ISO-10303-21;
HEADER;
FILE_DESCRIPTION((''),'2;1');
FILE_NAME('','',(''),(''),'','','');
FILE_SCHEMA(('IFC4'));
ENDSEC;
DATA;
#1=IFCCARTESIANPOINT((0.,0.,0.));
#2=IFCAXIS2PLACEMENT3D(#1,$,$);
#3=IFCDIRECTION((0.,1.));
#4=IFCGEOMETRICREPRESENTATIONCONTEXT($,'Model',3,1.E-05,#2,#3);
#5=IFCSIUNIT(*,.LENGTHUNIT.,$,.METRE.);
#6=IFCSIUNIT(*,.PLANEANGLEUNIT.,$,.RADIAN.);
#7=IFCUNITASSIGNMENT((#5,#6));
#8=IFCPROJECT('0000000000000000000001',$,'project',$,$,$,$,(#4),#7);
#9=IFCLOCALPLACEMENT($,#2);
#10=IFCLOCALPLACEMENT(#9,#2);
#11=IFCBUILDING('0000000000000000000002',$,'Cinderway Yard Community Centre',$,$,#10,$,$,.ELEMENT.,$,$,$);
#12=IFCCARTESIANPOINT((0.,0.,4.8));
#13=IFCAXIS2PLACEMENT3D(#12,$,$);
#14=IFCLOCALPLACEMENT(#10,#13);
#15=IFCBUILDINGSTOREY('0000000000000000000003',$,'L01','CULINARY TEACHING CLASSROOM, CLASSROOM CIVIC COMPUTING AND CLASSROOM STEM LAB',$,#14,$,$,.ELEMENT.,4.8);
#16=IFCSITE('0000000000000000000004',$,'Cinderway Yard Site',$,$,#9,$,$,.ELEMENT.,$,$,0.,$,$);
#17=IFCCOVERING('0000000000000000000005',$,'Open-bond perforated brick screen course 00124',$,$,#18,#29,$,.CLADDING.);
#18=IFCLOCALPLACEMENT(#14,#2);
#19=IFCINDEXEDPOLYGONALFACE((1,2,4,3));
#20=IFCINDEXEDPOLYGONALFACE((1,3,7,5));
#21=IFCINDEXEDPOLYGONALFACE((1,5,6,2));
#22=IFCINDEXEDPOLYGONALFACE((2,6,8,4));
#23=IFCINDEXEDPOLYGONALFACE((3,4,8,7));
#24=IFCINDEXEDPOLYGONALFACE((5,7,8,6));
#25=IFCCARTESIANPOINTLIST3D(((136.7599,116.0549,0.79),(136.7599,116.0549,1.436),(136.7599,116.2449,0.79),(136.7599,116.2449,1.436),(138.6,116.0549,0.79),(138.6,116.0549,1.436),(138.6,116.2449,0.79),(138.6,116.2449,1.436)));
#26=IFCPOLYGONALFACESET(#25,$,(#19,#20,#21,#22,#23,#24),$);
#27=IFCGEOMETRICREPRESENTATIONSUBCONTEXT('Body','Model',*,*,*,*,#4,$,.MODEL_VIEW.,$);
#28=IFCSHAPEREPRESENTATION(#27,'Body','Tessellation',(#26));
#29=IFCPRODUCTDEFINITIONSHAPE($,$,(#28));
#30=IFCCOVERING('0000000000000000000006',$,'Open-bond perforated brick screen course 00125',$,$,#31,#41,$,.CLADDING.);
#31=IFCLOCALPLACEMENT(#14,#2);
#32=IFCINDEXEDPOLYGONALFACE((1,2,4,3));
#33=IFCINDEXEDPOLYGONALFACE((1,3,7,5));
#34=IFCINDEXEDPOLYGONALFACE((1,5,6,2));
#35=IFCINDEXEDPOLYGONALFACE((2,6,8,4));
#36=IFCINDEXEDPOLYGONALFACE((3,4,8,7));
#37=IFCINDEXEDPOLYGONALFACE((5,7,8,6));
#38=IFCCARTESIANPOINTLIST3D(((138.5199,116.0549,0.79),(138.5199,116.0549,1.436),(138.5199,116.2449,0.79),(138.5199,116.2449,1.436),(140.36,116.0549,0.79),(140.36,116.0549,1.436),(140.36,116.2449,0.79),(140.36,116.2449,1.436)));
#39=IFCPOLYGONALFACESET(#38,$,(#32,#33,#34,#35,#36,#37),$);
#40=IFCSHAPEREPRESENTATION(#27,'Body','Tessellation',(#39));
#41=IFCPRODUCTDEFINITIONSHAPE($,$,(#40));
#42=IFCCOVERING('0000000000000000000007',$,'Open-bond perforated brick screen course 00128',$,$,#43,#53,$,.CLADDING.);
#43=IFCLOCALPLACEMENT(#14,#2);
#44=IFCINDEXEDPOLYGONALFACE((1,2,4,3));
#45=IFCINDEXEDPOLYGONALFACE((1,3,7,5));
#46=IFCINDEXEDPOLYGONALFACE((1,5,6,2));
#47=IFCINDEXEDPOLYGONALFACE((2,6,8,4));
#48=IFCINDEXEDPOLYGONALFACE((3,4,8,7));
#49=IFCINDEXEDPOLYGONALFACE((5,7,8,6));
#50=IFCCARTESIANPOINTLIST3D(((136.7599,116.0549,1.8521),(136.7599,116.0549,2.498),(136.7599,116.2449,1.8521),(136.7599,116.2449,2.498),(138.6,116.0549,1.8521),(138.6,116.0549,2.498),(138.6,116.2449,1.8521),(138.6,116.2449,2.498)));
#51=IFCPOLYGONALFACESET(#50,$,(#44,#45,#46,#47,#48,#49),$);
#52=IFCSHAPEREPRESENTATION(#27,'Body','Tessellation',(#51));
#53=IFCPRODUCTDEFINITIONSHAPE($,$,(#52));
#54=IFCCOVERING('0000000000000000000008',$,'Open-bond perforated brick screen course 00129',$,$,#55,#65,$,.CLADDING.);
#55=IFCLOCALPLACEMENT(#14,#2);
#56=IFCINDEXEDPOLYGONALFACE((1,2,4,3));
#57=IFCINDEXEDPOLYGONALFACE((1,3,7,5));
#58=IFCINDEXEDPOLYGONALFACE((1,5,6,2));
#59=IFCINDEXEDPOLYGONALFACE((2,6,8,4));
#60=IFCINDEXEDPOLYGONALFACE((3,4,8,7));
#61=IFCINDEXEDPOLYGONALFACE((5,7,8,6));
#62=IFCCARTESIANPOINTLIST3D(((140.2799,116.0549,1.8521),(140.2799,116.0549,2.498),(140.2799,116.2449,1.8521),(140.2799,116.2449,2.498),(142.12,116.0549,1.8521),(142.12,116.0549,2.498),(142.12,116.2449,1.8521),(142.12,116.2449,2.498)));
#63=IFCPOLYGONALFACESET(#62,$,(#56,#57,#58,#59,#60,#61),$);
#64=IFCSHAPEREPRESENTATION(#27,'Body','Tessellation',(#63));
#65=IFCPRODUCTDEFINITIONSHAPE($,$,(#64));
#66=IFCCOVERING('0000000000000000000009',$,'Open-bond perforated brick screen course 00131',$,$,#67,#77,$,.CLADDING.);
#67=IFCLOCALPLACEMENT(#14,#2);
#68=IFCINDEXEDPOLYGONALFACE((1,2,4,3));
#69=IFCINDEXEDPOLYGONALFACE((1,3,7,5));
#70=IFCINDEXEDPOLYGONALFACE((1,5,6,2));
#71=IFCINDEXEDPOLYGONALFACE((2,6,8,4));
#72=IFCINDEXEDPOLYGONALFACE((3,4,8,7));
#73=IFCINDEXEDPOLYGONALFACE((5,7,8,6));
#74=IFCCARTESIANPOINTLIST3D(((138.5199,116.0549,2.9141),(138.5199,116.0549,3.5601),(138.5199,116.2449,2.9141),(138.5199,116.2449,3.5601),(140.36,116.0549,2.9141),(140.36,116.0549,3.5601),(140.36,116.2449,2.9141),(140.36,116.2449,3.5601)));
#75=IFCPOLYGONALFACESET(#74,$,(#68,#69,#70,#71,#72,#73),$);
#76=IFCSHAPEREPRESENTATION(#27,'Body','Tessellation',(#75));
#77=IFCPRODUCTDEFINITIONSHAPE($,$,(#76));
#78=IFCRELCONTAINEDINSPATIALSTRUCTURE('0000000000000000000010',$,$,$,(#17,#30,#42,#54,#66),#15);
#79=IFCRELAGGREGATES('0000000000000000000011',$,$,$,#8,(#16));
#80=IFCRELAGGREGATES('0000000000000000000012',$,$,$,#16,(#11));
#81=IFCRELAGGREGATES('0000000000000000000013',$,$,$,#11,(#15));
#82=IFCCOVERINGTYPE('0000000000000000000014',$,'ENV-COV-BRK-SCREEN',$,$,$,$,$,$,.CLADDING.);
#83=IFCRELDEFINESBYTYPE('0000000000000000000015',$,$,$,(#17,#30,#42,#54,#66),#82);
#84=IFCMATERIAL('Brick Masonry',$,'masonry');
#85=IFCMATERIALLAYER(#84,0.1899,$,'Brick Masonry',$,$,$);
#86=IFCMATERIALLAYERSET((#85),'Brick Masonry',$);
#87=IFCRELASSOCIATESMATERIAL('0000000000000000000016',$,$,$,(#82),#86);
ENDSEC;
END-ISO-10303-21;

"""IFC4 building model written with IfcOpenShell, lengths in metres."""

from ifc_helpers import new_model, si_unit, direction, frame, origin, origin_2d, place, context, subcontext, project, spatial, rectangle, extrude, material, layer, layer_set, type_object, element, save


model = new_model("IFC4")

# Units and contexts
model_context = context("Model", 3, precision=1e-05, world=origin(), true_north=direction((0.0, 1.0)))
body_context = subcontext(model_context, "Body", "Model", "MODEL_VIEW")
ifc_project = project(units=[si_unit("LENGTHUNIT", "METRE"), si_unit("PLANEANGLEUNIT", "RADIAN")], contexts=[model_context])

# Site, building, storey
site_placement = place(None, origin())
site = spatial("IfcSite", under=ifc_project, at=site_placement, Name="Cinderway Yard Site", CompositionType="ELEMENT", RefElevation=0.0)
building_placement = place(site_placement, origin())
building = spatial("IfcBuilding", under=site, at=building_placement, Name="Cinderway Yard Community Centre", CompositionType="ELEMENT")
storey_placement = place(building_placement, frame((0.0, 0.0, 4.8)))
storey = spatial("IfcBuildingStorey", under=building, at=storey_placement, Name="L01", Description="CULINARY TEACHING CLASSROOM, CLASSROOM CIVIC COMPUTING AND CLASSROOM STEM LAB", CompositionType="ELEMENT", Elevation=4.8)

# Coverings
ifc_material_1 = material(Name="Brick Masonry", Category="masonry")
ifc_layer_1 = layer(ifc_material_1, 0.1899, Name="Brick Masonry")
ifc_layer_set_1 = layer_set([ifc_layer_1], Name="Brick Masonry")
covering_type = type_object("IfcCoveringType", Name="ENV-COV-BRK-SCREEN", PredefinedType="CLADDING", material=ifc_layer_set_1)
for number, where, z_axis, x_axis, name in (
    (1, (137.6799, 116.1499, 0.79), (0.0, 0.0, 1.0), (1.0, 0.0, 0.0), "Open-bond perforated brick screen course 00124"),
    (2, (139.4399, 116.1499, 0.79), (0.0, 0.0, 1.0), (1.0, 0.0, 0.0), "Open-bond perforated brick screen course 00125"),
    (3, (137.6799, 116.1499, 1.8521), (0.0, 0.0, 1.0), (1.0, 0.0, 0.0), "Open-bond perforated brick screen course 00128"),
    (4, (141.2, 116.1499, 1.8521), (0.0, 0.0, 1.0), (1.0, 0.0, 0.0), "Open-bond perforated brick screen course 00129"),
    (5, (139.4399, 116.1499, 2.9141), (0.0, 0.0, 1.0), (1.0, 0.0, 0.0), "Open-bond perforated brick screen course 00131"),
):
    element("IfcCovering", number, at=place(storey_placement, frame(where, z_axis=z_axis, x_axis=x_axis)), inside=storey, type_object=covering_type, Name=name, PredefinedType="CLADDING", context=body_context, shape_type="SweptSolid", body=[
        extrude(rectangle(XDim=1.8401, YDim=0.1899, at=origin_2d()), origin(), (0.0, 0.0, 1.0), 0.646),
    ])

save(model, "model.ifc")
